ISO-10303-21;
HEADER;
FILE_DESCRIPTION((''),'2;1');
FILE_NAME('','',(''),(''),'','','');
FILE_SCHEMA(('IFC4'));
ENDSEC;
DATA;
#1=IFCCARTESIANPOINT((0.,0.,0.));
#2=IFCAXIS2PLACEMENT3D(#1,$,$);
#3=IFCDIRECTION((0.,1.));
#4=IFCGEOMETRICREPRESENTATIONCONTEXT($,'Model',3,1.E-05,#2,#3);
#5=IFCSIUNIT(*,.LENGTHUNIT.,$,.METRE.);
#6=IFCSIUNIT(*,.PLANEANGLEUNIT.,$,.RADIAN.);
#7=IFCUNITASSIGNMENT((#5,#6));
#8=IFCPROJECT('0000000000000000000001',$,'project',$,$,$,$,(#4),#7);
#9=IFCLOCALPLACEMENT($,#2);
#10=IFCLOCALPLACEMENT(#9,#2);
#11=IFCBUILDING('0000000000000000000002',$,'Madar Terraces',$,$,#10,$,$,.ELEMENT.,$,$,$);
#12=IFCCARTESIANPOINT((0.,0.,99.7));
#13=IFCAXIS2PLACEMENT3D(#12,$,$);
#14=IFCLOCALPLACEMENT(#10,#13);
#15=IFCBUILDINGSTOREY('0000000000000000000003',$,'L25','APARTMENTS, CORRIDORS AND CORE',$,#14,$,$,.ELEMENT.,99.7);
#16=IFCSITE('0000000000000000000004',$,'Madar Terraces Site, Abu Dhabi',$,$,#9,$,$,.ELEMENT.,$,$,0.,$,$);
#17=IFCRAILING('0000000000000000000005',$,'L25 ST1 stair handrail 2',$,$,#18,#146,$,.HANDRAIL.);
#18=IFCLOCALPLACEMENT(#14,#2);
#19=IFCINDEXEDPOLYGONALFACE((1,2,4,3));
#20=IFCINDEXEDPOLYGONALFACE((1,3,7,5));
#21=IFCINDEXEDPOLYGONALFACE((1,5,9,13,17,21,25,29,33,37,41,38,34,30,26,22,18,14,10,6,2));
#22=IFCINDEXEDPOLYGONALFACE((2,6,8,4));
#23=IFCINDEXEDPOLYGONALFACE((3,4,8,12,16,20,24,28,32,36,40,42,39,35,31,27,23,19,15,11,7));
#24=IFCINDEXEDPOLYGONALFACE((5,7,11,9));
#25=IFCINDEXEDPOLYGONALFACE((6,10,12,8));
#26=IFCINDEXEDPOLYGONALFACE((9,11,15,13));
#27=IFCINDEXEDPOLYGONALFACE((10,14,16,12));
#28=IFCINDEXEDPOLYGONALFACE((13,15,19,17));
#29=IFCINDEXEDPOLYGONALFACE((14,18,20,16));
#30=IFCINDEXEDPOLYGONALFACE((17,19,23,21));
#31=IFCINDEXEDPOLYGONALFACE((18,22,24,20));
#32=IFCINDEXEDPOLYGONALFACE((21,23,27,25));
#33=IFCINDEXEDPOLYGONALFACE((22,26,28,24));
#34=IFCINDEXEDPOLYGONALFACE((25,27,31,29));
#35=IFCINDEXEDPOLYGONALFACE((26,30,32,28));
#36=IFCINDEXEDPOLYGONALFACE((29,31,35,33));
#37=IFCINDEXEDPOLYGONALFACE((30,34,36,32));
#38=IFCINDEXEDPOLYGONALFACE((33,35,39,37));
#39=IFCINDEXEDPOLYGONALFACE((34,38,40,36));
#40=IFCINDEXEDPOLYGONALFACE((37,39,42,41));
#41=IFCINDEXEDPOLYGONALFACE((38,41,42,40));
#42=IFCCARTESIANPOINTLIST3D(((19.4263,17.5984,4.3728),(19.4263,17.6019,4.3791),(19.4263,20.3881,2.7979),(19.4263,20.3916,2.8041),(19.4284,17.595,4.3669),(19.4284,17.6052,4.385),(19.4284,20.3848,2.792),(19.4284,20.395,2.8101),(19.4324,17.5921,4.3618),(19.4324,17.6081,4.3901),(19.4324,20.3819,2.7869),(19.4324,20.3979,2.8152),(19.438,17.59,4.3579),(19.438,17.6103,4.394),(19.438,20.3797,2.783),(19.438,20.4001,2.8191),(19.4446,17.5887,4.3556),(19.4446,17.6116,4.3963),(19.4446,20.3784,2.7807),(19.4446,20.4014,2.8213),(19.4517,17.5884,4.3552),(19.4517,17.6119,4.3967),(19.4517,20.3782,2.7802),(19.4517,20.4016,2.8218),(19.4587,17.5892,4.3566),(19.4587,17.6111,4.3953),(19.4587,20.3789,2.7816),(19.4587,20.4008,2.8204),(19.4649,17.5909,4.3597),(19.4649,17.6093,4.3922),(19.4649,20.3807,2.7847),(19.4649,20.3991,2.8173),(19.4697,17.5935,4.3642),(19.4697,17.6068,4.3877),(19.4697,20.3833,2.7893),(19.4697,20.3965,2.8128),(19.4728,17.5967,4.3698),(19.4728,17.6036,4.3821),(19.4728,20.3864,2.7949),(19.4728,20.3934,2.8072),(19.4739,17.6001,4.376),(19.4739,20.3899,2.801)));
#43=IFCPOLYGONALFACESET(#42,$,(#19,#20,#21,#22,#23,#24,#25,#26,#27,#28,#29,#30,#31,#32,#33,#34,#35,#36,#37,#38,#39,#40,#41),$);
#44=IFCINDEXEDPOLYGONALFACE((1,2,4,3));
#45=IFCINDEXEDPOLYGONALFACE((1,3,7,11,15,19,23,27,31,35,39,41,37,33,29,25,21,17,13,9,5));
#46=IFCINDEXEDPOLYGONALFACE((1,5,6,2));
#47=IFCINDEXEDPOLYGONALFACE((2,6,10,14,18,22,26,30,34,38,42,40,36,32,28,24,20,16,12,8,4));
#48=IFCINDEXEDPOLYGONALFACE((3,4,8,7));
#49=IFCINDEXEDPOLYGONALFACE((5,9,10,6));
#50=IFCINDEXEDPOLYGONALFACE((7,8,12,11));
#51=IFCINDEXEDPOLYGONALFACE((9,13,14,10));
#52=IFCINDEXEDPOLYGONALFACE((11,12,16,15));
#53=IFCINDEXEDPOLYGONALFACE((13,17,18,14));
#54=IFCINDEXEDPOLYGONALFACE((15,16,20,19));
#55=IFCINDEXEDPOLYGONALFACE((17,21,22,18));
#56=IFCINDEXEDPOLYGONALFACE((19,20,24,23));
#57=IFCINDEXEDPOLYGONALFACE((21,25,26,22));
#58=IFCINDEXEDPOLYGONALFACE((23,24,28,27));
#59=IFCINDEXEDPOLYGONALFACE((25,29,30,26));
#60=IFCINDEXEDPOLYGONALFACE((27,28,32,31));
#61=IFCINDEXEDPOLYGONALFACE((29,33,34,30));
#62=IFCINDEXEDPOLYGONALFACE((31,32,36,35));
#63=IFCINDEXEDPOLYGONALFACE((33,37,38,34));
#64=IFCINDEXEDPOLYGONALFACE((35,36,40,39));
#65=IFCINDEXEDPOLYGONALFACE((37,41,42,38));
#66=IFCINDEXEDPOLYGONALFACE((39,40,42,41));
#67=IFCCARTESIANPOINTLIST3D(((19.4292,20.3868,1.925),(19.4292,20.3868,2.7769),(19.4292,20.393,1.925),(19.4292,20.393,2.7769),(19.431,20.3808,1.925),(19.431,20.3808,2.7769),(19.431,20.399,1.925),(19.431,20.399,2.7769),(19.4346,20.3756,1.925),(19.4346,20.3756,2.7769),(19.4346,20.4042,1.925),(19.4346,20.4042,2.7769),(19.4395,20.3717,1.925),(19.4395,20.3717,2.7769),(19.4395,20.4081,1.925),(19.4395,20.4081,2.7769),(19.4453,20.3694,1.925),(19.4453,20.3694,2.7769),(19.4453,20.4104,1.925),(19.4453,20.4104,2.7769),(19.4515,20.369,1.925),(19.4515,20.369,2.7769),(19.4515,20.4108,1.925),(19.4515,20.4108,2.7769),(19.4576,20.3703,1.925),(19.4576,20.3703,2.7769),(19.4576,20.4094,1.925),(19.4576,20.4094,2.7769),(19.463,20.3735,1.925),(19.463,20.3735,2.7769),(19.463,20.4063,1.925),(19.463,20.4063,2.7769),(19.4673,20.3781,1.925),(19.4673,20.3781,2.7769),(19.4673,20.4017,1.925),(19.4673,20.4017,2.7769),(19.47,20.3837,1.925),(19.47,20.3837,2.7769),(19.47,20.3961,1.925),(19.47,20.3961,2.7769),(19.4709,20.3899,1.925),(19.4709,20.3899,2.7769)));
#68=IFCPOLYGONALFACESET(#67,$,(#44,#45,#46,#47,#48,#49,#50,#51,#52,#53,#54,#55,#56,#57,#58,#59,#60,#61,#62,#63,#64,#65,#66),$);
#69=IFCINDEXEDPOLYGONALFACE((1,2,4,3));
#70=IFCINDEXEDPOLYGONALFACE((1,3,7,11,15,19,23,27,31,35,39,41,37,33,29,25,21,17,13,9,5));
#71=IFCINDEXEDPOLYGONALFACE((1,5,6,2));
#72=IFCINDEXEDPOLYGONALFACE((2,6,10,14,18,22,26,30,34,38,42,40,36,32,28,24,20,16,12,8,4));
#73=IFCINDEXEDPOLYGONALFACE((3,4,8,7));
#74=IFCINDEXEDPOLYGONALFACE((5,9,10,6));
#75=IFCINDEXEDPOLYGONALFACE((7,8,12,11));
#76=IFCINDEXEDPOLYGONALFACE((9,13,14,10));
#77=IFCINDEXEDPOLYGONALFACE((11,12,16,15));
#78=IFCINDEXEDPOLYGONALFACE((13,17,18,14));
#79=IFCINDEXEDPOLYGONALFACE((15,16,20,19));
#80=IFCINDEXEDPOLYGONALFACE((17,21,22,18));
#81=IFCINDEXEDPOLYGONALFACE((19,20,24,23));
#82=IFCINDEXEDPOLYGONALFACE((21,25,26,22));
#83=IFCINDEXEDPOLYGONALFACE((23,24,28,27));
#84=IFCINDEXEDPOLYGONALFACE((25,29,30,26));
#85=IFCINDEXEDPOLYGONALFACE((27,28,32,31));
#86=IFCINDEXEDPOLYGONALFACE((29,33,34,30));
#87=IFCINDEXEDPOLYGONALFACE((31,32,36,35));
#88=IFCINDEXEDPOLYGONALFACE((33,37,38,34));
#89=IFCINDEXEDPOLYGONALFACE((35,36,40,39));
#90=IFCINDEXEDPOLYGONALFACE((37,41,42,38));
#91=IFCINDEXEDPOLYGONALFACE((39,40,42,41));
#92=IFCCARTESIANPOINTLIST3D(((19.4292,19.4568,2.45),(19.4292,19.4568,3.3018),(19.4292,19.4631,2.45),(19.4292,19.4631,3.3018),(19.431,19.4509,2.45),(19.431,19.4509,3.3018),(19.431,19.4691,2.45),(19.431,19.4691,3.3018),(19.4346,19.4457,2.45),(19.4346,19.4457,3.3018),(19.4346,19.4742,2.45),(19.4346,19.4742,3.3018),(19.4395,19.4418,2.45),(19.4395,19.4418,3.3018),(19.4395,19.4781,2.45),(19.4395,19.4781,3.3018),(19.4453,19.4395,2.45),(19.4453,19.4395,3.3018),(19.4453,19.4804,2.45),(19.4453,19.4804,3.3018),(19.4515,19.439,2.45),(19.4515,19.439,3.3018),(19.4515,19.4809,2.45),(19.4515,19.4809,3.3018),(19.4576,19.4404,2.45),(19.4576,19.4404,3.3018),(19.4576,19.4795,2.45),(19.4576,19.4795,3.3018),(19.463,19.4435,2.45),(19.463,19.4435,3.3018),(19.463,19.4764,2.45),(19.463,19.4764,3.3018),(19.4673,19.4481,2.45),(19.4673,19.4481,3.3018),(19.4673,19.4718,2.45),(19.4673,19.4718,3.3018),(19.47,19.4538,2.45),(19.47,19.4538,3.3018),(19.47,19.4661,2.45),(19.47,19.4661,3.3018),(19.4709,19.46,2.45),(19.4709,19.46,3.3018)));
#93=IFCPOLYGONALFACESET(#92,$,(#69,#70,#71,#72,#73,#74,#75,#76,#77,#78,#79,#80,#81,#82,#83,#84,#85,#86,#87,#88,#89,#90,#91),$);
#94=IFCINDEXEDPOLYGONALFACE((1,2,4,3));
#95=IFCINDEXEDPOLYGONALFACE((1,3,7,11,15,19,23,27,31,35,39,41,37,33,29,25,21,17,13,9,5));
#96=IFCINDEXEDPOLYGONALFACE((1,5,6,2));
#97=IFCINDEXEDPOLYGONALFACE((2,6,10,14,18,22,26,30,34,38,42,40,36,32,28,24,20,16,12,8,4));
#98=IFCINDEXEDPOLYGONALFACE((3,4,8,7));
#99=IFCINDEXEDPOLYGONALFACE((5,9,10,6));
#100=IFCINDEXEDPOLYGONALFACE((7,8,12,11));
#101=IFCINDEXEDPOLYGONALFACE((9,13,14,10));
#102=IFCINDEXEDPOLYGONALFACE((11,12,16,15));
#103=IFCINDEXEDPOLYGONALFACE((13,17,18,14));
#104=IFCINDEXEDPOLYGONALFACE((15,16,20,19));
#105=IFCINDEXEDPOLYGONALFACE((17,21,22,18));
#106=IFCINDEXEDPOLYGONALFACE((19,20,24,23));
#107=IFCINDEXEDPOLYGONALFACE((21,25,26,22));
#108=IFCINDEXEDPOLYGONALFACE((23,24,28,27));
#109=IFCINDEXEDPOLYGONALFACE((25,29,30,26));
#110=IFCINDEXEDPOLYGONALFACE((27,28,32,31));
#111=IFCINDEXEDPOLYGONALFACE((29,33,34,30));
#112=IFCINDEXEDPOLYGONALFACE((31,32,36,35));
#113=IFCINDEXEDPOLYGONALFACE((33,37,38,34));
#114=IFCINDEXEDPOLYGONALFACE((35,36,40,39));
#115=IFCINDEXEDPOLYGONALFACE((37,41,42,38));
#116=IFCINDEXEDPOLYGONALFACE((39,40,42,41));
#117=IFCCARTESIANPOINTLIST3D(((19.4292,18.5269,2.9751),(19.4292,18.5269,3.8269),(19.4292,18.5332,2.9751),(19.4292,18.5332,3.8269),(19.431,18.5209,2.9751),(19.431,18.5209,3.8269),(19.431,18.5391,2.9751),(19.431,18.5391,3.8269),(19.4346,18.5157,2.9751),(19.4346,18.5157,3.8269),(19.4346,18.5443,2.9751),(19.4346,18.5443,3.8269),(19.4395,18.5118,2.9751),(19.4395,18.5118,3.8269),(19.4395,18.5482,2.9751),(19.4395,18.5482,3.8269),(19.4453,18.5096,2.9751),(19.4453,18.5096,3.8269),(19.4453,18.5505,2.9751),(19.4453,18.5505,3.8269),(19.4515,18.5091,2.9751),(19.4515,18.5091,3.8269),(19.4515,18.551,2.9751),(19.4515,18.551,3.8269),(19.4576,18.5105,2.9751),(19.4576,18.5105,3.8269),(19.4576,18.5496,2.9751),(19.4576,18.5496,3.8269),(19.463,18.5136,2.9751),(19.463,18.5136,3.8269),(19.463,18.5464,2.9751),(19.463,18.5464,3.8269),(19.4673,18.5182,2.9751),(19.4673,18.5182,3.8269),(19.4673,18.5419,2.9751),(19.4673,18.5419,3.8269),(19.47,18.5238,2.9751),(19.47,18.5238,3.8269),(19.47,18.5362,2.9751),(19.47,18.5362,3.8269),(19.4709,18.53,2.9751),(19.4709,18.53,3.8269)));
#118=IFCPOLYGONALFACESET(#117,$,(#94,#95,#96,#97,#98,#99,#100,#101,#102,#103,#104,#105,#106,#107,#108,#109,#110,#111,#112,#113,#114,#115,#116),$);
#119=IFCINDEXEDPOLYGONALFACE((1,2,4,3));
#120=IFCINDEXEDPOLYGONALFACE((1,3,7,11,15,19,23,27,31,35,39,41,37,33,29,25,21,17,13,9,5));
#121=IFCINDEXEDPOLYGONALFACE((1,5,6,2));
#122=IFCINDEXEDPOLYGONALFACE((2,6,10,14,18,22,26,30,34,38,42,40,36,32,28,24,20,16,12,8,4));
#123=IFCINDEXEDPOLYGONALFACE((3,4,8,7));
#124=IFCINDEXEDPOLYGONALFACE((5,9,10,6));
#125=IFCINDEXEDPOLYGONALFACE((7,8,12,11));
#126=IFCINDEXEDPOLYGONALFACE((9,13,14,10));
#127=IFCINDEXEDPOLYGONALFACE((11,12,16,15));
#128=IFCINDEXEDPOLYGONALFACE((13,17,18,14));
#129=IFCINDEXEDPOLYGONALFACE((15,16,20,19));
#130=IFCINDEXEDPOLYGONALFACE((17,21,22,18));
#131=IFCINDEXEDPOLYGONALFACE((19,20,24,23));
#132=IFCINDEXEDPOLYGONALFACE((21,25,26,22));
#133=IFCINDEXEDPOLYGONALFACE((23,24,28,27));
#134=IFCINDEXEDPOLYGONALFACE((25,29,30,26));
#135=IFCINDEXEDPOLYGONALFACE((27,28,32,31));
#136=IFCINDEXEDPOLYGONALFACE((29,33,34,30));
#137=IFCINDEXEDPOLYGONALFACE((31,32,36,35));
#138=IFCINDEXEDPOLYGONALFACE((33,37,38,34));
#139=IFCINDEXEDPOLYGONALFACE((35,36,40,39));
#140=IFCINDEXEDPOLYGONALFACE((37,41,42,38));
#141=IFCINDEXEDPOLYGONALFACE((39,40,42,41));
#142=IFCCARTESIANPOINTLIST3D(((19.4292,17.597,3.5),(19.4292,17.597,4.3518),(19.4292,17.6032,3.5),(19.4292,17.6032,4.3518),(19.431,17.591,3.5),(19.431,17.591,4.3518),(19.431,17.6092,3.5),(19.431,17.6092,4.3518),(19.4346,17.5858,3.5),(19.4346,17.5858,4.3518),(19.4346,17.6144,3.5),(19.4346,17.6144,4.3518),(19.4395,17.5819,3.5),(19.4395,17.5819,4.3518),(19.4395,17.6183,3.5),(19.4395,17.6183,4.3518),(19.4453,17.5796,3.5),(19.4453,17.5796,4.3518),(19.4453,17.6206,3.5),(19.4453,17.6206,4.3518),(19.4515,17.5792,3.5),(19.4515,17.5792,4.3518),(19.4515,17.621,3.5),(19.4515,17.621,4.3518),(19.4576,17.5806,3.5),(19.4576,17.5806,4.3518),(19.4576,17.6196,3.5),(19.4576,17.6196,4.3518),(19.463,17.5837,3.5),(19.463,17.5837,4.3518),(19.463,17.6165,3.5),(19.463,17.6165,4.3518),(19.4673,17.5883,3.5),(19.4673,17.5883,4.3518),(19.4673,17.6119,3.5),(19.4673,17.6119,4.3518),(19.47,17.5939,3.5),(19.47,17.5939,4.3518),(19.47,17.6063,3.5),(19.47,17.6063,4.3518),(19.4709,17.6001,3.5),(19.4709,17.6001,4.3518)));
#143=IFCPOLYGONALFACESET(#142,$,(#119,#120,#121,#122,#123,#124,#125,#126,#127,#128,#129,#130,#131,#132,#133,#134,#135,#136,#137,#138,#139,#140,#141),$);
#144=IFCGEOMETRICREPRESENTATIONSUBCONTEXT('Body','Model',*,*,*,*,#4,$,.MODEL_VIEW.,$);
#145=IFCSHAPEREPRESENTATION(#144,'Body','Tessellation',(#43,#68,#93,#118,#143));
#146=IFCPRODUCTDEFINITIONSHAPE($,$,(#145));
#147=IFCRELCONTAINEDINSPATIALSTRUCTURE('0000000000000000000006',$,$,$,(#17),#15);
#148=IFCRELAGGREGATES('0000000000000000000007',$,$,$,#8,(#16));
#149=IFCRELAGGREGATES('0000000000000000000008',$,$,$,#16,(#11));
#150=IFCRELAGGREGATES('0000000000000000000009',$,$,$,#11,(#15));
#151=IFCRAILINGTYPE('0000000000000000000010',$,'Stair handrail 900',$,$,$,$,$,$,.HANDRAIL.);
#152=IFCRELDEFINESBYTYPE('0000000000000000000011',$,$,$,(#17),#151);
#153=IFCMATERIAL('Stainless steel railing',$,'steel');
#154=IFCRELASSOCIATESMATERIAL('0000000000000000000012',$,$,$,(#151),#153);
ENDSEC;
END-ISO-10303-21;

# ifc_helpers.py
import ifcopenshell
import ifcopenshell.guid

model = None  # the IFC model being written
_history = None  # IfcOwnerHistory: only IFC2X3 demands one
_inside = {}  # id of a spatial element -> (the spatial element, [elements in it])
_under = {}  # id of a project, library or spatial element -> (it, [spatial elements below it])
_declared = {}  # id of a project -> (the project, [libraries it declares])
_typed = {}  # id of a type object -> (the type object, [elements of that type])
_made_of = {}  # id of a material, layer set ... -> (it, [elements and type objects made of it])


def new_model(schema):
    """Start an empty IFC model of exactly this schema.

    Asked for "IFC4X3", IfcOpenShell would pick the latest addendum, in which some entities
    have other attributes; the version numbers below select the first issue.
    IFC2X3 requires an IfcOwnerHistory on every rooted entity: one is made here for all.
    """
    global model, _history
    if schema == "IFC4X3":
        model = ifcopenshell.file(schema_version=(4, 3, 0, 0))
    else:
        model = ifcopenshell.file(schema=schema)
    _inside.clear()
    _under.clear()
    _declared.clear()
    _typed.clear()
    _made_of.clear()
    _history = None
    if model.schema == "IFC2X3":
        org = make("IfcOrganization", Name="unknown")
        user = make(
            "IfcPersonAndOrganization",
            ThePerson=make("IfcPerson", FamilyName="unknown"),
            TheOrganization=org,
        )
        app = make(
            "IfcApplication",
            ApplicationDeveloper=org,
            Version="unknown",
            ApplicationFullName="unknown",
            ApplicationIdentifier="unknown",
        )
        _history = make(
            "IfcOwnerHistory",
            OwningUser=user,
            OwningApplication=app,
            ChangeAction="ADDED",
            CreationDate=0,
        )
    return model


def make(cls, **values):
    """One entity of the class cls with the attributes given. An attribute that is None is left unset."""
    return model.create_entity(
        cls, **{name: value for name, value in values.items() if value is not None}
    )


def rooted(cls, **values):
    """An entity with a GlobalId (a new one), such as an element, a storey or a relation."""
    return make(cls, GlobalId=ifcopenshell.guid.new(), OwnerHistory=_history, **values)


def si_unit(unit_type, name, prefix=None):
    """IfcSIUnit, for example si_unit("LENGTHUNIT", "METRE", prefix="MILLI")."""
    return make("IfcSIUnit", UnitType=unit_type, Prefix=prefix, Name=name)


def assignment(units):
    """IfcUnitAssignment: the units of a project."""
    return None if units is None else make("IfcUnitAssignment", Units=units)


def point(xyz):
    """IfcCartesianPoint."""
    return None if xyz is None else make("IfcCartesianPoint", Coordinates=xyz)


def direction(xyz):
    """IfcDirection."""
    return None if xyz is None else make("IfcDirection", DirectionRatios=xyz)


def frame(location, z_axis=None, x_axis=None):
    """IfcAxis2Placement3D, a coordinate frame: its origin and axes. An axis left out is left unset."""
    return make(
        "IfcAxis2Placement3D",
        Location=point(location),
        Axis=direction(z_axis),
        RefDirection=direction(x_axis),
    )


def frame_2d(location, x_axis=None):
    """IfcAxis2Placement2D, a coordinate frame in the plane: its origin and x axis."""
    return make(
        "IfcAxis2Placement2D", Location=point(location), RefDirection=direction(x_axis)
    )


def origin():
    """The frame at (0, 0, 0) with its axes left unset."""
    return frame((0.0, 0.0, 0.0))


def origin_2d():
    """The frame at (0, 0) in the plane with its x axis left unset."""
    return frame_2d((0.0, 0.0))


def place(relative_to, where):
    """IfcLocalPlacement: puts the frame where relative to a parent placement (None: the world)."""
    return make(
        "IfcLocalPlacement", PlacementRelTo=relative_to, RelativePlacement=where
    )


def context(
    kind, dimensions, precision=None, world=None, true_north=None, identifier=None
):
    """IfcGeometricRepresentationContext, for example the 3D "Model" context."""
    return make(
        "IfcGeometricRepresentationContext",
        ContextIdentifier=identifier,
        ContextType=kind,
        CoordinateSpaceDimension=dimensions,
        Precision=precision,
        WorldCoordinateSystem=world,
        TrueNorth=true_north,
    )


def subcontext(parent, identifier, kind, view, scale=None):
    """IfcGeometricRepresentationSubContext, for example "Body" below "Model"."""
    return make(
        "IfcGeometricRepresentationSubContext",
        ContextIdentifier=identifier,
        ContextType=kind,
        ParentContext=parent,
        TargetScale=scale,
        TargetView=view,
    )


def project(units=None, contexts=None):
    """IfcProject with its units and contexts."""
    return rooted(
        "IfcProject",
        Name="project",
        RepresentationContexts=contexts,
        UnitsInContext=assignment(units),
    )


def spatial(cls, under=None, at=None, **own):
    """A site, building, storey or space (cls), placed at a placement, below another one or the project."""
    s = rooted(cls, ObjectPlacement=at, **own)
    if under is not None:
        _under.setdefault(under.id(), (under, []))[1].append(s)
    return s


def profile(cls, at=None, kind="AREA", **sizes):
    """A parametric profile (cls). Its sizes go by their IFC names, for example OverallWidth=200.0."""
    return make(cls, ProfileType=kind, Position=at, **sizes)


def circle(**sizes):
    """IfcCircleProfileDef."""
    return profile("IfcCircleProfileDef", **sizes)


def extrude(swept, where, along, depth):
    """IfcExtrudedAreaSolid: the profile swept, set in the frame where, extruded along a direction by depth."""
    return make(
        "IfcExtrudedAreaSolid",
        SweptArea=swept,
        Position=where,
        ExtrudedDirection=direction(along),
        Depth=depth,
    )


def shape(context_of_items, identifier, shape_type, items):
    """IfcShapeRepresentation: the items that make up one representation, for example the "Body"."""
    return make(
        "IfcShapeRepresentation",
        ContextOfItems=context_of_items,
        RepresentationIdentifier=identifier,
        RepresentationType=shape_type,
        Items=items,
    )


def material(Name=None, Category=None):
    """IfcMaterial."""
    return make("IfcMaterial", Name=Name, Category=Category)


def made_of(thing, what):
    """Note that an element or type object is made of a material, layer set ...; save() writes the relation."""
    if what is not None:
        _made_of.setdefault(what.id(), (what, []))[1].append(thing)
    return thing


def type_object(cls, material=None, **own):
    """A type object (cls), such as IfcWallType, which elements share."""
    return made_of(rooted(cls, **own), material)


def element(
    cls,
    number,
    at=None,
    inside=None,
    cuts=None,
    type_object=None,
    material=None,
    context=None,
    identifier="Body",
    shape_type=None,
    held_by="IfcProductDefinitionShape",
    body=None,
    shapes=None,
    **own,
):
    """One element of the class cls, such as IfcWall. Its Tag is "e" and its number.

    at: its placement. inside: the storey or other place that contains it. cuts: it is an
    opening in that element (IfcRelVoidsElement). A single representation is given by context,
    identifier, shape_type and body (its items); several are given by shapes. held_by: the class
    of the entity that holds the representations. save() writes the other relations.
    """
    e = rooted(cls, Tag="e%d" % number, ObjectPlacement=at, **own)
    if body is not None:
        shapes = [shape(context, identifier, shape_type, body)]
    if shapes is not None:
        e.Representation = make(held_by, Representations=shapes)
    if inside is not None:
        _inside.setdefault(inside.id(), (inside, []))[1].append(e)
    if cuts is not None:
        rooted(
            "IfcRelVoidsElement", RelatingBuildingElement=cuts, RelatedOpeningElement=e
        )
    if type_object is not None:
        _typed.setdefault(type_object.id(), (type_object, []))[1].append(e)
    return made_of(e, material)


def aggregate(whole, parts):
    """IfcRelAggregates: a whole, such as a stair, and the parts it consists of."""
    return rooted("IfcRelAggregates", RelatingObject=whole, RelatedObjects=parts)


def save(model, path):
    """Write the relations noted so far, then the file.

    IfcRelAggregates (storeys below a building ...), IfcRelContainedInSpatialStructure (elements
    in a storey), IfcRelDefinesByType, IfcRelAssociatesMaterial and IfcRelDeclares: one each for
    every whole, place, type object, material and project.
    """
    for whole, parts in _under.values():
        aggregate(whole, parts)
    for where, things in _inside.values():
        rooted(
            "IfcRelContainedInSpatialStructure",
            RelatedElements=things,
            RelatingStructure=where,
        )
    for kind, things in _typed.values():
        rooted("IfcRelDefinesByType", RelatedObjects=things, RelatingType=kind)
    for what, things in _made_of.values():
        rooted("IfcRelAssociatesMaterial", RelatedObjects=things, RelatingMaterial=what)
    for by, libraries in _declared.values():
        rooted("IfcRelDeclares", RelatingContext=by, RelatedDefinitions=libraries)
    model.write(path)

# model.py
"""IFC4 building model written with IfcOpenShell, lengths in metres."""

from ifc_helpers import new_model, si_unit, direction, frame, origin, origin_2d, place, context, subcontext, project, spatial, circle, extrude, material, type_object, element, save


model = new_model("IFC4")

# Units and contexts
model_context = context("Model", 3, precision=1e-05, world=origin(), true_north=direction((0.0, 1.0)))
body_context = subcontext(model_context, "Body", "Model", "MODEL_VIEW")
ifc_project = project(units=[si_unit("LENGTHUNIT", "METRE"), si_unit("PLANEANGLEUNIT", "RADIAN")], contexts=[model_context])

# Site, building, storey
site_placement = place(None, origin())
site = spatial("IfcSite", under=ifc_project, at=site_placement, Name="Madar Terraces Site, Abu Dhabi", CompositionType="ELEMENT", RefElevation=0.0)
building_placement = place(site_placement, origin())
building = spatial("IfcBuilding", under=site, at=building_placement, Name="Madar Terraces", CompositionType="ELEMENT")
storey_placement = place(building_placement, frame((0.0, 0.0, 99.7)))
storey = spatial("IfcBuildingStorey", under=building, at=storey_placement, Name="L25", Description="APARTMENTS, CORRIDORS AND CORE", CompositionType="ELEMENT", Elevation=99.7)

# Railing
ifc_material_1 = material(Name="Stainless steel railing", Category="steel")
railing_type_1 = type_object("IfcRailingType", Name="Stair handrail 900", PredefinedType="HANDRAIL", material=ifc_material_1)
railing_1_placement = place(storey_placement, frame((19.45, 20.3899, 1.925)))
element("IfcRailing", 1, at=railing_1_placement, inside=storey, type_object=railing_type_1, Name="L25 ST1 stair handrail 2", PredefinedType="HANDRAIL", context=body_context, shape_type="SweptSolid", body=[
    extrude(circle(Radius=0.0239, at=origin_2d()), frame((0.0, 0.0, 0.876), z_axis=(0.0, -0.870815, 0.49161), x_axis=(1.0, 0.0, 0.0)), (0.0, 0.0, 1.0), 3.2036),
    extrude(circle(Radius=0.021, at=origin_2d()), origin(), (0.0, 0.0, 1.0), 0.8518),
    extrude(circle(Radius=0.021, at=origin_2d()), frame((0.0, -0.9299, 0.5249)), (0.0, 0.0, 1.0), 0.8518),
    extrude(circle(Radius=0.021, at=origin_2d()), frame((0.0, -1.8599, 1.05)), (0.0, 0.0, 1.0), 0.8518),
    extrude(circle(Radius=0.021, at=origin_2d()), frame((0.0, -2.7898, 1.575)), (0.0, 0.0, 1.0), 0.8518),
])

save(model, "model.ifc")
